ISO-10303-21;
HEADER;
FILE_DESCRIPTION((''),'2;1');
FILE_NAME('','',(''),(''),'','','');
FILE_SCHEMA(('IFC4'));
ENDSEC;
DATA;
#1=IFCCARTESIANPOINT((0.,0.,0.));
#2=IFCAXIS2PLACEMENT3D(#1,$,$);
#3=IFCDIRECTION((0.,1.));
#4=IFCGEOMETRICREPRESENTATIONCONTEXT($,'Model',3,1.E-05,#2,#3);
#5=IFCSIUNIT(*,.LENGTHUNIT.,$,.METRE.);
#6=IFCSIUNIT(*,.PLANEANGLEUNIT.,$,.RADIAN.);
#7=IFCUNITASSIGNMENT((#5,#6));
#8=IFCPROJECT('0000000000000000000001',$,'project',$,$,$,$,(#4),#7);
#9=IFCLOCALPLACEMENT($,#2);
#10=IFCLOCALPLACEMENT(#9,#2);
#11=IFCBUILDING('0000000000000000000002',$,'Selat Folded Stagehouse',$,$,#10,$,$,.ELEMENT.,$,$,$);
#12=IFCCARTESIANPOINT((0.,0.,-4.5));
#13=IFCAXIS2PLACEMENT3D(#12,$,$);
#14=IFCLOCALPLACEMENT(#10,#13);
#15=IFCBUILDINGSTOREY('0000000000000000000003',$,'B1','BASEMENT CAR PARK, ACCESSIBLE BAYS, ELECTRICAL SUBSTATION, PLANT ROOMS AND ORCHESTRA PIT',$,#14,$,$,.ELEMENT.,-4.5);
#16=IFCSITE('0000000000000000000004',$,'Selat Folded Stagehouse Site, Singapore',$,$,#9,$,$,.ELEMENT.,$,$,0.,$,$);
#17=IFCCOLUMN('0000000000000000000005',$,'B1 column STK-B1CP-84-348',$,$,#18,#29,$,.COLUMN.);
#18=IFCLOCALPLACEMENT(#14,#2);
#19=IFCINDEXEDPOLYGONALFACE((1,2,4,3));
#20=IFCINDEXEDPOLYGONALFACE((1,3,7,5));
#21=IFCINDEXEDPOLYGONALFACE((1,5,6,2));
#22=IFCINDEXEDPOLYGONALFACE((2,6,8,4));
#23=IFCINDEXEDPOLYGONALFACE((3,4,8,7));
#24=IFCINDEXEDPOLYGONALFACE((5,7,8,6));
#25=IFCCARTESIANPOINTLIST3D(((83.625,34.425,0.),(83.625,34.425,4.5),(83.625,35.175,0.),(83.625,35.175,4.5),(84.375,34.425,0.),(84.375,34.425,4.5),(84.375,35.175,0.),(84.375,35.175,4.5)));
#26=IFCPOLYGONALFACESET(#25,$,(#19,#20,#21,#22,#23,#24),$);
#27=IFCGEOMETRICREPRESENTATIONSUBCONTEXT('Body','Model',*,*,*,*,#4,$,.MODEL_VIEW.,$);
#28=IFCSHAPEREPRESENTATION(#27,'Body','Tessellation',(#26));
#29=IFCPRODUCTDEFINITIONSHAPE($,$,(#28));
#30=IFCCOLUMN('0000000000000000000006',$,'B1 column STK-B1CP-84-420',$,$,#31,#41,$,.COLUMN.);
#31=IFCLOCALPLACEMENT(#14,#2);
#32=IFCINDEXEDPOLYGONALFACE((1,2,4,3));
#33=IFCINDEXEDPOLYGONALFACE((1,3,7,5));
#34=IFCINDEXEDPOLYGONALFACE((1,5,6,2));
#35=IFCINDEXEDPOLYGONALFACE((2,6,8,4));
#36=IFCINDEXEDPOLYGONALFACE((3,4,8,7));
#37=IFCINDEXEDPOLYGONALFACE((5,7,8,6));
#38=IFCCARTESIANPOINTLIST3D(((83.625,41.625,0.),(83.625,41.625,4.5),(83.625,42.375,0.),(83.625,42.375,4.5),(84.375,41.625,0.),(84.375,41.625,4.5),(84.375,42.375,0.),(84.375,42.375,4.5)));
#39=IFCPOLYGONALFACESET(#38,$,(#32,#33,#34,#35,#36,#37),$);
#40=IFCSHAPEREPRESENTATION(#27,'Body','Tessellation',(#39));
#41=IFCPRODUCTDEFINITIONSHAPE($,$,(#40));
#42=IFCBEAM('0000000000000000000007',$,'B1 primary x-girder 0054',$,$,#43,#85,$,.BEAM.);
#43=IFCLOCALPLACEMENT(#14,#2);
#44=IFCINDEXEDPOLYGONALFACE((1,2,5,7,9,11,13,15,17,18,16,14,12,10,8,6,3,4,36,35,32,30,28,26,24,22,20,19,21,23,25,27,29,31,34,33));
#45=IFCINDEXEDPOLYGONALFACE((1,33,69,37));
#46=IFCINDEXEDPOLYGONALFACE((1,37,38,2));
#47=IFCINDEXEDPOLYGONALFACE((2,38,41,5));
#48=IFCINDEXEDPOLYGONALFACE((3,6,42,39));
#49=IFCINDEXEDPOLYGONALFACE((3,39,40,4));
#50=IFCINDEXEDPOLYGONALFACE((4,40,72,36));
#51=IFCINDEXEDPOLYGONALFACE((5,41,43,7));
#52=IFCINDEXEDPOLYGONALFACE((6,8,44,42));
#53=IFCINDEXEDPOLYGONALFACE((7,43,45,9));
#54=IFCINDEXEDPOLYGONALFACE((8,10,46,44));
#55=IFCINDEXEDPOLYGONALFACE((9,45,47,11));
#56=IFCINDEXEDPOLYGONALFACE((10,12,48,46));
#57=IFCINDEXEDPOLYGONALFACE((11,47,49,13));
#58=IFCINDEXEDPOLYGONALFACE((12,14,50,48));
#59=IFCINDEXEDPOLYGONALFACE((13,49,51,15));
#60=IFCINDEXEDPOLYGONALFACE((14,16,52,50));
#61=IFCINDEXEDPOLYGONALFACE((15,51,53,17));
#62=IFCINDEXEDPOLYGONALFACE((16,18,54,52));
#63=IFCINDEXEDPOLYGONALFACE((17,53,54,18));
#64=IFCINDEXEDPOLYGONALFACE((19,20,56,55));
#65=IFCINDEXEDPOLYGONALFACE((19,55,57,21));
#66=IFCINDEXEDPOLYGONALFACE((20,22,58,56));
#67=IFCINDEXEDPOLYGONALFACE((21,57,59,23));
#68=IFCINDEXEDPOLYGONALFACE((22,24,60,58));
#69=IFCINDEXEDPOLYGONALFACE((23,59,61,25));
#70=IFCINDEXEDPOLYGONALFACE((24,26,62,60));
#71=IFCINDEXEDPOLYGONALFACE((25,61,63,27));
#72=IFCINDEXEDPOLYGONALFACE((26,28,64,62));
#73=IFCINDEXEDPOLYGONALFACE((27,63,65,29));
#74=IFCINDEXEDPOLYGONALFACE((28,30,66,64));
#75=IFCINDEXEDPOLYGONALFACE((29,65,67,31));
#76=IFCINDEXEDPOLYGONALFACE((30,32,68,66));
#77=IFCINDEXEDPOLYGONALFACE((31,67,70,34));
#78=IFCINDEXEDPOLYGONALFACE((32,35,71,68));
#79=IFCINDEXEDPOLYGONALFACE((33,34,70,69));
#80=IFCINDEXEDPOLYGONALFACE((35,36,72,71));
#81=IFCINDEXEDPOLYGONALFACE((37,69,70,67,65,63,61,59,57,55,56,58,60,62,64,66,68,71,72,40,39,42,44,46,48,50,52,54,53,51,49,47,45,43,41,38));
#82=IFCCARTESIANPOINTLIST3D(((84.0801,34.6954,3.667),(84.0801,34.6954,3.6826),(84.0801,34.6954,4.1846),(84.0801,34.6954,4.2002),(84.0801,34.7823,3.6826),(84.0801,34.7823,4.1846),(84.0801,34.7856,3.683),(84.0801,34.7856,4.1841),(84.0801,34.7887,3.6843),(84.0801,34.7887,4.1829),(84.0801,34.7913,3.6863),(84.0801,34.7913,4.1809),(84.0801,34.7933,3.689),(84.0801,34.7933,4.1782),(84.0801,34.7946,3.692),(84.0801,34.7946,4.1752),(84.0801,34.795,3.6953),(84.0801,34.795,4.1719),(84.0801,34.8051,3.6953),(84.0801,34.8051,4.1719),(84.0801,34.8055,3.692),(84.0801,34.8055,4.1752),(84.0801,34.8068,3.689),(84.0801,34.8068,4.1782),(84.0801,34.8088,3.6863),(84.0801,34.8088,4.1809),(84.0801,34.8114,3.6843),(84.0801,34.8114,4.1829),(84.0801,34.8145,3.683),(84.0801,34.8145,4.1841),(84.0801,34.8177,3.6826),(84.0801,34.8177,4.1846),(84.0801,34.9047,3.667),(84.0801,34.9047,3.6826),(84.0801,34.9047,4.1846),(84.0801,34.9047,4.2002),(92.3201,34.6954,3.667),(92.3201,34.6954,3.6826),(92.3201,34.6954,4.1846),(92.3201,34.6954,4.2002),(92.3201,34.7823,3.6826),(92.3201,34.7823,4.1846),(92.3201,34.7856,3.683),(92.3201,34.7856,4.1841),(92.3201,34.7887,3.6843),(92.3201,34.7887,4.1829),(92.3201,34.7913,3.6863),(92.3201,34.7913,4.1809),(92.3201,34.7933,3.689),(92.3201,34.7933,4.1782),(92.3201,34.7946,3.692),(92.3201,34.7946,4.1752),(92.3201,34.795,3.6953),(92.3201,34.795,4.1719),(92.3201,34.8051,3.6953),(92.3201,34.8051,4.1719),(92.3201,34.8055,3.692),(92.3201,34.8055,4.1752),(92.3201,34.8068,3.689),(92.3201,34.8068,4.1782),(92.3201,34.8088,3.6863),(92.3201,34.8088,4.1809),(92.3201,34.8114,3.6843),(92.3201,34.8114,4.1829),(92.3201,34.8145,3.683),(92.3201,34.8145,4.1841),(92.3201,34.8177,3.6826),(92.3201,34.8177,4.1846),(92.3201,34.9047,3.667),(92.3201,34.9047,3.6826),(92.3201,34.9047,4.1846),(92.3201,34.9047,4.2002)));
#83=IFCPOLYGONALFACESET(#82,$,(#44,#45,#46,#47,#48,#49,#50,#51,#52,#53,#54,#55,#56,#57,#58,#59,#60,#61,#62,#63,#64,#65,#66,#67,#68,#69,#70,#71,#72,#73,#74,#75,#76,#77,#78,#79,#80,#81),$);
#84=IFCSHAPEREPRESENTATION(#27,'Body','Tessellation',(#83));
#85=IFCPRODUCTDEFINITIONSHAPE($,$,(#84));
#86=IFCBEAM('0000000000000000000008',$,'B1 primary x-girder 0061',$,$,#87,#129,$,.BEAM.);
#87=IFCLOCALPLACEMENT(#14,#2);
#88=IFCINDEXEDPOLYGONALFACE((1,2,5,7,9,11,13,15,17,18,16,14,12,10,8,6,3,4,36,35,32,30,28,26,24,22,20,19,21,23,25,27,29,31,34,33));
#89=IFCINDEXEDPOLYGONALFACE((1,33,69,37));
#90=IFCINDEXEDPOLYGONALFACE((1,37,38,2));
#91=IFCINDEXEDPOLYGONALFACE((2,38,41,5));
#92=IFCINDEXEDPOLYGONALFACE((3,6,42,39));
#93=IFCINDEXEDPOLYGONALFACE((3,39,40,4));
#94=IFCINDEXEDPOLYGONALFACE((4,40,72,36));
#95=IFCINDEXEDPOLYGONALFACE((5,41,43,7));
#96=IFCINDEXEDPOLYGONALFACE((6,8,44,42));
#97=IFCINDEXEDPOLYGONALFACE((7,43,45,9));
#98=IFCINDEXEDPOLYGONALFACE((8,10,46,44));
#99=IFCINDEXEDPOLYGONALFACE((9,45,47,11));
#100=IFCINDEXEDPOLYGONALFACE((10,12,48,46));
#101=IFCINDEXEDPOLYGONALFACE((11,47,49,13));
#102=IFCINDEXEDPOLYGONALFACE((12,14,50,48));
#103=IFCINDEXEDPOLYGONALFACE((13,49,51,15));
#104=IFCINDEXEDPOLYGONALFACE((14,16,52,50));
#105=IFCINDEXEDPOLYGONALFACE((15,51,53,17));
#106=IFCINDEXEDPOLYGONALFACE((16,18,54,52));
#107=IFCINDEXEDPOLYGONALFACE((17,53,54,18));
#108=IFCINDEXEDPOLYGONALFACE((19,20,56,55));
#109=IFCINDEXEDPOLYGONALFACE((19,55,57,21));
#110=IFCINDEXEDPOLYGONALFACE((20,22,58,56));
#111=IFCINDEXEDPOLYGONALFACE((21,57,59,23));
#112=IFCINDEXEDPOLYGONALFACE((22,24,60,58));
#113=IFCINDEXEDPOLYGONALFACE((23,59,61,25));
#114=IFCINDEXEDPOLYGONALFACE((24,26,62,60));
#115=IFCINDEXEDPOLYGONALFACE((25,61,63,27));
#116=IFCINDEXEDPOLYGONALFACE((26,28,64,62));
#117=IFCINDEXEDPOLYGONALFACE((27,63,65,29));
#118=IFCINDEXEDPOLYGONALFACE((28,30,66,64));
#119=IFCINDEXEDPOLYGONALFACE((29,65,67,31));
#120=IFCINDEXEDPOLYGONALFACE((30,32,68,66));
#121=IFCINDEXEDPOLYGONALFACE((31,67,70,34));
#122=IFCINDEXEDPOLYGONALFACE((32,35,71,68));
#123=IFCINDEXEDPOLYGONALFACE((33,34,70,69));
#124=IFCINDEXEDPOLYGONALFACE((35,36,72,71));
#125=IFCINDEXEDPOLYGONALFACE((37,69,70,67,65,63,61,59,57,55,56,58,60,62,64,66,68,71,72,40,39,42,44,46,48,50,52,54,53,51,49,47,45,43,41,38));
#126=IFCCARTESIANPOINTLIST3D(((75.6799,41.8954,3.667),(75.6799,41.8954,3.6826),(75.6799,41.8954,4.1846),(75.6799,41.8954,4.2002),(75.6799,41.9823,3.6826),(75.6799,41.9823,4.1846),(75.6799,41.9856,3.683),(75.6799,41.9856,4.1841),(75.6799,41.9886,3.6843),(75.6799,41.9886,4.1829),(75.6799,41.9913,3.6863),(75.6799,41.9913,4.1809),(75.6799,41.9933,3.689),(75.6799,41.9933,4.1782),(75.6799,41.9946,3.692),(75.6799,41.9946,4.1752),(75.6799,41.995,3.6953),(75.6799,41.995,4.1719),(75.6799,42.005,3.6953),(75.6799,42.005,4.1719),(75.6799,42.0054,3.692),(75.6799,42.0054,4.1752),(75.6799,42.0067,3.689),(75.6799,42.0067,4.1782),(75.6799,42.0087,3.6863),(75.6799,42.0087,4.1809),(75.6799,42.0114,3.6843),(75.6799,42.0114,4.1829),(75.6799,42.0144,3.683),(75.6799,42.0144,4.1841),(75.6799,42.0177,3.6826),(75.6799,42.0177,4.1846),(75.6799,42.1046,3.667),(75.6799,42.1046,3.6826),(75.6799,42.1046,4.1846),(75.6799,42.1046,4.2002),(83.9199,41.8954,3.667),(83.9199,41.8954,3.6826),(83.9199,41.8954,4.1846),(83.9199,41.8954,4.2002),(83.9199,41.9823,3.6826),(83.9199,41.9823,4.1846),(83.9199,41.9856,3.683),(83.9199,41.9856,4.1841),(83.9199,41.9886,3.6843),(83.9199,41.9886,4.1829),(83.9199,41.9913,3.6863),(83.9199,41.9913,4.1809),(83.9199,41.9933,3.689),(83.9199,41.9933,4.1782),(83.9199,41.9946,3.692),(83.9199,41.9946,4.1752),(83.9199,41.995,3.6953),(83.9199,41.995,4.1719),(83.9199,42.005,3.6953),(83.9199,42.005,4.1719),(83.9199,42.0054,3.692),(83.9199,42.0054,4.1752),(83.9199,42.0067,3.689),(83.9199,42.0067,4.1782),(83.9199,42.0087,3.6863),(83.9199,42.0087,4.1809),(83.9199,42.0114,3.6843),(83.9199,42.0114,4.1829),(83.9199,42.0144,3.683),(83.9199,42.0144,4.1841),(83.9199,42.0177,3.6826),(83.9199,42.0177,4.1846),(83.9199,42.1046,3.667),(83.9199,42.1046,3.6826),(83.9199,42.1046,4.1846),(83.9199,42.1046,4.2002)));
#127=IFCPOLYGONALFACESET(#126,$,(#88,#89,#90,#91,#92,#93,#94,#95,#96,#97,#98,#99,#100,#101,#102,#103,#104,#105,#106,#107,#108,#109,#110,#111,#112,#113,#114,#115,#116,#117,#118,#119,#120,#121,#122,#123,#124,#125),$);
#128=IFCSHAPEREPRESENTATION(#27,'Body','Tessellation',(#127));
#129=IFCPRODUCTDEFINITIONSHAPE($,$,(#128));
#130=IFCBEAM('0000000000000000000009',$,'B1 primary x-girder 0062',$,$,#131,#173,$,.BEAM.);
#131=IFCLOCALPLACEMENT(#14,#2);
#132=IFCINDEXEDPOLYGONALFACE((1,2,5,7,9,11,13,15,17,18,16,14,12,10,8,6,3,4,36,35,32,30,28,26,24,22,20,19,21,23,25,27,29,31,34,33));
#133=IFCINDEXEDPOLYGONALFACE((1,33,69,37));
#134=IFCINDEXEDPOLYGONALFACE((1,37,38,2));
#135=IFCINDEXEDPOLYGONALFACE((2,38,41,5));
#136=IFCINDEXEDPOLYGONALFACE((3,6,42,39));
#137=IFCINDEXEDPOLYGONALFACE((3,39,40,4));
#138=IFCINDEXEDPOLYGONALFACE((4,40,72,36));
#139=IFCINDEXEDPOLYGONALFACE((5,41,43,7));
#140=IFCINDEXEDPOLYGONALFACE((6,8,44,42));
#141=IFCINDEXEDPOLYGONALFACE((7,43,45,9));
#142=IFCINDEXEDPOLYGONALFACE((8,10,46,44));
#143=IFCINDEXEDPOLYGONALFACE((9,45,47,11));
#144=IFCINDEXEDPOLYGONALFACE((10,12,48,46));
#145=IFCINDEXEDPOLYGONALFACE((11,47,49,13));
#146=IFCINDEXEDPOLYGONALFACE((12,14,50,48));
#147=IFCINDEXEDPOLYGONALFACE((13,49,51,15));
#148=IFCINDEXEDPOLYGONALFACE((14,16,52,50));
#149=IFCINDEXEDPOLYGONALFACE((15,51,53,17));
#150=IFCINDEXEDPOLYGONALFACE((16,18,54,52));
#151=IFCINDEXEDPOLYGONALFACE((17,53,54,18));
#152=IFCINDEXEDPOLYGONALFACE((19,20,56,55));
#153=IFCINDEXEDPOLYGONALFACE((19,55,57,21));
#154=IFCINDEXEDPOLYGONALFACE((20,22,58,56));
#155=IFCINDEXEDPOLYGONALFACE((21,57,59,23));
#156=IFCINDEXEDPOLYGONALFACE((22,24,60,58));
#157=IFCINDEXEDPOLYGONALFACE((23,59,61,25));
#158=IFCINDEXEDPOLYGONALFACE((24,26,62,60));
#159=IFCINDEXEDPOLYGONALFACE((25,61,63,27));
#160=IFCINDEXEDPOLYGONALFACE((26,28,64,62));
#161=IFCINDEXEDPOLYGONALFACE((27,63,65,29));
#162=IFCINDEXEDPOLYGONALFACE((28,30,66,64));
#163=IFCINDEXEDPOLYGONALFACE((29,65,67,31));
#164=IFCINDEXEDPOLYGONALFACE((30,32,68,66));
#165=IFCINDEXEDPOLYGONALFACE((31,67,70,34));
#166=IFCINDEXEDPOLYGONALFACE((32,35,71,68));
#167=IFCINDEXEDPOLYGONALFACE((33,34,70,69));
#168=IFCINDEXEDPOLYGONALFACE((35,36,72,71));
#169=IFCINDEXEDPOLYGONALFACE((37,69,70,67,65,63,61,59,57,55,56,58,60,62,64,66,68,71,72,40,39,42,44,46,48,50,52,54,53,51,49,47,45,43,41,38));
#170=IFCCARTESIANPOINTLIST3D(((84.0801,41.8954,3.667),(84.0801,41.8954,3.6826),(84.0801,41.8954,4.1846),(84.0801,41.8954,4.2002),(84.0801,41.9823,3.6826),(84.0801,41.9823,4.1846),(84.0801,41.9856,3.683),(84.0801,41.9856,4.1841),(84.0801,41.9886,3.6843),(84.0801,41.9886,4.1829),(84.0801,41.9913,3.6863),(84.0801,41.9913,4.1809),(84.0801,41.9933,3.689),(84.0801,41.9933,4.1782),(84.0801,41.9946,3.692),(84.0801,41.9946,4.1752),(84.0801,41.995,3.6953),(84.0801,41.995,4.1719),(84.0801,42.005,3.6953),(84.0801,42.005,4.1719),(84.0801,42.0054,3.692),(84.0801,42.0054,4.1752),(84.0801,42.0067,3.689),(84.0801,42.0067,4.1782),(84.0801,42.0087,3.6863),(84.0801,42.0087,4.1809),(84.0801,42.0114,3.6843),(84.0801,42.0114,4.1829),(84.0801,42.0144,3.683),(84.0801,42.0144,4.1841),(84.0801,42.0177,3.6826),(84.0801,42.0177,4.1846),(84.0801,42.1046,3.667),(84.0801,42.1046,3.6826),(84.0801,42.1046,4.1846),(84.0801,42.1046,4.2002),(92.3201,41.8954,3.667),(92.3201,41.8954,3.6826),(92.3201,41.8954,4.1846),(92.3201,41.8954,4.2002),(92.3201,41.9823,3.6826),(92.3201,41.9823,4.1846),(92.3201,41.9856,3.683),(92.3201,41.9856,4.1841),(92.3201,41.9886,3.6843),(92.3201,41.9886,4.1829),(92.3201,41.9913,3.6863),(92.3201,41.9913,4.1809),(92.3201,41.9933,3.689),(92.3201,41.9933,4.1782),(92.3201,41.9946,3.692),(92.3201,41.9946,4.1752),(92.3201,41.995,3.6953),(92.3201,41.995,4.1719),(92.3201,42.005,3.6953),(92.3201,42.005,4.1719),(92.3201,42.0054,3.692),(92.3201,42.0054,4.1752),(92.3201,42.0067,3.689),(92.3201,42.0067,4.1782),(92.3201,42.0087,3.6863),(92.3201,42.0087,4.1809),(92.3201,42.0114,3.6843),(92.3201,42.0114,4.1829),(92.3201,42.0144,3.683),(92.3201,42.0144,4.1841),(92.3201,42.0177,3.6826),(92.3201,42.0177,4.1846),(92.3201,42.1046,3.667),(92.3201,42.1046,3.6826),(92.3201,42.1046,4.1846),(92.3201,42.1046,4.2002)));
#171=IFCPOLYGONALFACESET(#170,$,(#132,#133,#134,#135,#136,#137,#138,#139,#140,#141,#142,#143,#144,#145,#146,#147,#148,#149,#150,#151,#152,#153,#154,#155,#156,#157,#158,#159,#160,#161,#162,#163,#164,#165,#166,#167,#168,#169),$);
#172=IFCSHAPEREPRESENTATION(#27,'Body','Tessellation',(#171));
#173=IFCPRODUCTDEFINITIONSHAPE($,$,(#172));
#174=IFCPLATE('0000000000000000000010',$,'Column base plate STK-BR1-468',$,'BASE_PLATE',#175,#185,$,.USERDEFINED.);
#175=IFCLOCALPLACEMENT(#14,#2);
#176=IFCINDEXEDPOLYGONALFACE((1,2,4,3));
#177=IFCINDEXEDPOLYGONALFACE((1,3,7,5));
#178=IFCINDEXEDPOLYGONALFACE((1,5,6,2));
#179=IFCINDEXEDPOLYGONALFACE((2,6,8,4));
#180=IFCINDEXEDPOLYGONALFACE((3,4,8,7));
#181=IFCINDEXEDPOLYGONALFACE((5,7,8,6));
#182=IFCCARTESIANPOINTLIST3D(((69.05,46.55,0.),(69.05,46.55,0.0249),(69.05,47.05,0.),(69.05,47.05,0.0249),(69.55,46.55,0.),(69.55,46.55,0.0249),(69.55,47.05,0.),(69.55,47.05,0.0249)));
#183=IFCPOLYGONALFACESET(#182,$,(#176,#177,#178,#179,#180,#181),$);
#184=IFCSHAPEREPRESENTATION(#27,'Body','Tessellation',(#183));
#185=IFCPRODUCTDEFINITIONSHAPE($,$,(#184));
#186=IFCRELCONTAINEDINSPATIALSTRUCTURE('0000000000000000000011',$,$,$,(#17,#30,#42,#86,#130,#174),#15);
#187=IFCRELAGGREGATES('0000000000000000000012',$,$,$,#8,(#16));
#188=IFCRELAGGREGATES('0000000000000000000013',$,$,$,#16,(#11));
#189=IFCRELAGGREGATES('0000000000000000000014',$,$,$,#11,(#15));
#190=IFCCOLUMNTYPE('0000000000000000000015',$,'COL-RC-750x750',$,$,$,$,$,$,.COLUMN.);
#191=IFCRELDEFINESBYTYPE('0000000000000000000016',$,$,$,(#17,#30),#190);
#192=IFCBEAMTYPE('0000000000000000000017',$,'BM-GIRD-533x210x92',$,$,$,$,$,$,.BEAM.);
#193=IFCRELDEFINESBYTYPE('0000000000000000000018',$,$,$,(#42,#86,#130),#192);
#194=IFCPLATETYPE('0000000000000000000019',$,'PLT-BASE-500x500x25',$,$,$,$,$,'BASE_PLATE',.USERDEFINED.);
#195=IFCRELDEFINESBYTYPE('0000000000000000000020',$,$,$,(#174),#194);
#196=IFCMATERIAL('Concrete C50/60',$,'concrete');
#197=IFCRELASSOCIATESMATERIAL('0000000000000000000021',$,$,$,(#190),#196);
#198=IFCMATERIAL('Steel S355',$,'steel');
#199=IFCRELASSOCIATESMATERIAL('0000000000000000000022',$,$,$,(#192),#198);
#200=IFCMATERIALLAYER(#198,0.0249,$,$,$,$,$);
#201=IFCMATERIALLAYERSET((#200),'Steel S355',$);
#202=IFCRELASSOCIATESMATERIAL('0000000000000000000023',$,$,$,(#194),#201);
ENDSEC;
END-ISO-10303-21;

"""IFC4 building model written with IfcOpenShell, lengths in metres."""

from ifc_helpers import new_model, si_unit, direction, frame, origin, origin_2d, place, context, subcontext, project, spatial, rectangle, i_section, extrude, material, layer, layer_set, material_profile, profile_set, type_object, element, save


model = new_model("IFC4")

# Units and contexts
model_context = context("Model", 3, precision=1e-05, world=origin(), true_north=direction((0.0, 1.0)))
body_context = subcontext(model_context, "Body", "Model", "MODEL_VIEW")
ifc_project = project(units=[si_unit("LENGTHUNIT", "METRE"), si_unit("PLANEANGLEUNIT", "RADIAN")], contexts=[model_context])

# Site, building, storey
site_placement = place(None, origin())
site = spatial("IfcSite", under=ifc_project, at=site_placement, Name="Selat Folded Stagehouse Site, Singapore", CompositionType="ELEMENT", RefElevation=0.0)
building_placement = place(site_placement, origin())
building = spatial("IfcBuilding", under=site, at=building_placement, Name="Selat Folded Stagehouse", CompositionType="ELEMENT")
storey_placement = place(building_placement, frame((0.0, 0.0, -4.5)))
storey = spatial("IfcBuildingStorey", under=building, at=storey_placement, Name="B1", Description="BASEMENT CAR PARK, ACCESSIBLE BAYS, ELECTRICAL SUBSTATION, PLANT ROOMS AND ORCHESTRA PIT", CompositionType="ELEMENT", Elevation=-4.5)

# Columns
ifc_material_1 = material(Name="Steel S355", Category="steel")
ifc_material_2 = material(Name="Concrete C50/60", Category="concrete")
ifc_material_profile_1 = material_profile(ifc_material_2, rectangle(XDim=0.75, YDim=0.75, at=origin_2d()), Name="RC 750x750")
ifc_profile_set_1 = profile_set([ifc_material_profile_1], Name="Concrete C50/60")
column_type_1 = type_object("IfcColumnType", Name="COL-RC-750x750", PredefinedType="COLUMN", material=ifc_profile_set_1)
for number, where, z_axis, x_axis, name in (
    (1, (84.0, 34.8, 0.0), (0.0, 0.0, 1.0), (1.0, 0.0, 0.0), "B1 column STK-B1CP-84-348"),
    (2, (84.0, 42.0, 0.0), (0.0, 0.0, 1.0), (1.0, 0.0, 0.0), "B1 column STK-B1CP-84-420"),
):
    element("IfcColumn", number, at=place(storey_placement, frame(where, z_axis=z_axis, x_axis=x_axis)), inside=storey, type_object=column_type_1, Name=name, PredefinedType="COLUMN", context=body_context, shape_type="SweptSolid", body=[
        extrude(rectangle(XDim=0.75, YDim=0.75, at=origin_2d()), origin(), (0.0, 0.0, 1.0), 4.5),
    ])

# Beams
ifc_material_profile_2 = material_profile(ifc_material_1, i_section(OverallWidth=0.2092, OverallDepth=0.5332, WebThickness=0.01, FlangeThickness=0.0156, FilletRadius=0.0127, at=origin_2d()), Name="UKB 533x210x92")
ifc_profile_set_2 = profile_set([ifc_material_profile_2], Name="Steel S355")
beam_type = type_object("IfcBeamType", Name="BM-GIRD-533x210x92", PredefinedType="BEAM", material=ifc_profile_set_2)
for number, where, z_axis, x_axis, name in (
    (3, (84.0801, 34.8, 3.9336), (1.0, 0.0, 0.0), (0.0, 1.0, 0.0), "B1 primary x-girder 0054"),
    (4, (75.6799, 42.0, 3.9336), (1.0, 0.0, 0.0), (0.0, 1.0, 0.0), "B1 primary x-girder 0061"),
    (5, (84.0801, 42.0, 3.9336), (1.0, 0.0, 0.0), (0.0, 1.0, 0.0), "B1 primary x-girder 0062"),
):
    element("IfcBeam", number, at=place(storey_placement, frame(where, z_axis=z_axis, x_axis=x_axis)), inside=storey, type_object=beam_type, Name=name, PredefinedType="BEAM", context=body_context, shape_type="SweptSolid", body=[
        extrude(i_section(OverallWidth=0.2092, OverallDepth=0.5332, WebThickness=0.01, FlangeThickness=0.0156, FilletRadius=0.0127, at=origin_2d()), origin(), (0.0, 0.0, 1.0), 8.24),
    ])

# Plate
ifc_layer = layer(ifc_material_1, 0.0249)
ifc_layer_set = layer_set([ifc_layer], Name="Steel S355")
plate_type = type_object("IfcPlateType", Name="PLT-BASE-500x500x25", ElementType="BASE_PLATE", PredefinedType="USERDEFINED", material=ifc_layer_set)
plate_placement = place(storey_placement, frame((69.3, 46.8, 0.0), z_axis=(0.0, 0.0, 1.0), x_axis=(1.0, 0.0, 0.0)))
element("IfcPlate", 6, at=plate_placement, inside=storey, type_object=plate_type, Name="Column base plate STK-BR1-468", ObjectType="BASE_PLATE", PredefinedType="USERDEFINED", context=body_context, shape_type="SweptSolid", body=[
    extrude(rectangle(XDim=0.5, YDim=0.5, at=origin_2d()), origin(), (0.0, 0.0, 1.0), 0.0249),
])

save(model, "model.ifc")
